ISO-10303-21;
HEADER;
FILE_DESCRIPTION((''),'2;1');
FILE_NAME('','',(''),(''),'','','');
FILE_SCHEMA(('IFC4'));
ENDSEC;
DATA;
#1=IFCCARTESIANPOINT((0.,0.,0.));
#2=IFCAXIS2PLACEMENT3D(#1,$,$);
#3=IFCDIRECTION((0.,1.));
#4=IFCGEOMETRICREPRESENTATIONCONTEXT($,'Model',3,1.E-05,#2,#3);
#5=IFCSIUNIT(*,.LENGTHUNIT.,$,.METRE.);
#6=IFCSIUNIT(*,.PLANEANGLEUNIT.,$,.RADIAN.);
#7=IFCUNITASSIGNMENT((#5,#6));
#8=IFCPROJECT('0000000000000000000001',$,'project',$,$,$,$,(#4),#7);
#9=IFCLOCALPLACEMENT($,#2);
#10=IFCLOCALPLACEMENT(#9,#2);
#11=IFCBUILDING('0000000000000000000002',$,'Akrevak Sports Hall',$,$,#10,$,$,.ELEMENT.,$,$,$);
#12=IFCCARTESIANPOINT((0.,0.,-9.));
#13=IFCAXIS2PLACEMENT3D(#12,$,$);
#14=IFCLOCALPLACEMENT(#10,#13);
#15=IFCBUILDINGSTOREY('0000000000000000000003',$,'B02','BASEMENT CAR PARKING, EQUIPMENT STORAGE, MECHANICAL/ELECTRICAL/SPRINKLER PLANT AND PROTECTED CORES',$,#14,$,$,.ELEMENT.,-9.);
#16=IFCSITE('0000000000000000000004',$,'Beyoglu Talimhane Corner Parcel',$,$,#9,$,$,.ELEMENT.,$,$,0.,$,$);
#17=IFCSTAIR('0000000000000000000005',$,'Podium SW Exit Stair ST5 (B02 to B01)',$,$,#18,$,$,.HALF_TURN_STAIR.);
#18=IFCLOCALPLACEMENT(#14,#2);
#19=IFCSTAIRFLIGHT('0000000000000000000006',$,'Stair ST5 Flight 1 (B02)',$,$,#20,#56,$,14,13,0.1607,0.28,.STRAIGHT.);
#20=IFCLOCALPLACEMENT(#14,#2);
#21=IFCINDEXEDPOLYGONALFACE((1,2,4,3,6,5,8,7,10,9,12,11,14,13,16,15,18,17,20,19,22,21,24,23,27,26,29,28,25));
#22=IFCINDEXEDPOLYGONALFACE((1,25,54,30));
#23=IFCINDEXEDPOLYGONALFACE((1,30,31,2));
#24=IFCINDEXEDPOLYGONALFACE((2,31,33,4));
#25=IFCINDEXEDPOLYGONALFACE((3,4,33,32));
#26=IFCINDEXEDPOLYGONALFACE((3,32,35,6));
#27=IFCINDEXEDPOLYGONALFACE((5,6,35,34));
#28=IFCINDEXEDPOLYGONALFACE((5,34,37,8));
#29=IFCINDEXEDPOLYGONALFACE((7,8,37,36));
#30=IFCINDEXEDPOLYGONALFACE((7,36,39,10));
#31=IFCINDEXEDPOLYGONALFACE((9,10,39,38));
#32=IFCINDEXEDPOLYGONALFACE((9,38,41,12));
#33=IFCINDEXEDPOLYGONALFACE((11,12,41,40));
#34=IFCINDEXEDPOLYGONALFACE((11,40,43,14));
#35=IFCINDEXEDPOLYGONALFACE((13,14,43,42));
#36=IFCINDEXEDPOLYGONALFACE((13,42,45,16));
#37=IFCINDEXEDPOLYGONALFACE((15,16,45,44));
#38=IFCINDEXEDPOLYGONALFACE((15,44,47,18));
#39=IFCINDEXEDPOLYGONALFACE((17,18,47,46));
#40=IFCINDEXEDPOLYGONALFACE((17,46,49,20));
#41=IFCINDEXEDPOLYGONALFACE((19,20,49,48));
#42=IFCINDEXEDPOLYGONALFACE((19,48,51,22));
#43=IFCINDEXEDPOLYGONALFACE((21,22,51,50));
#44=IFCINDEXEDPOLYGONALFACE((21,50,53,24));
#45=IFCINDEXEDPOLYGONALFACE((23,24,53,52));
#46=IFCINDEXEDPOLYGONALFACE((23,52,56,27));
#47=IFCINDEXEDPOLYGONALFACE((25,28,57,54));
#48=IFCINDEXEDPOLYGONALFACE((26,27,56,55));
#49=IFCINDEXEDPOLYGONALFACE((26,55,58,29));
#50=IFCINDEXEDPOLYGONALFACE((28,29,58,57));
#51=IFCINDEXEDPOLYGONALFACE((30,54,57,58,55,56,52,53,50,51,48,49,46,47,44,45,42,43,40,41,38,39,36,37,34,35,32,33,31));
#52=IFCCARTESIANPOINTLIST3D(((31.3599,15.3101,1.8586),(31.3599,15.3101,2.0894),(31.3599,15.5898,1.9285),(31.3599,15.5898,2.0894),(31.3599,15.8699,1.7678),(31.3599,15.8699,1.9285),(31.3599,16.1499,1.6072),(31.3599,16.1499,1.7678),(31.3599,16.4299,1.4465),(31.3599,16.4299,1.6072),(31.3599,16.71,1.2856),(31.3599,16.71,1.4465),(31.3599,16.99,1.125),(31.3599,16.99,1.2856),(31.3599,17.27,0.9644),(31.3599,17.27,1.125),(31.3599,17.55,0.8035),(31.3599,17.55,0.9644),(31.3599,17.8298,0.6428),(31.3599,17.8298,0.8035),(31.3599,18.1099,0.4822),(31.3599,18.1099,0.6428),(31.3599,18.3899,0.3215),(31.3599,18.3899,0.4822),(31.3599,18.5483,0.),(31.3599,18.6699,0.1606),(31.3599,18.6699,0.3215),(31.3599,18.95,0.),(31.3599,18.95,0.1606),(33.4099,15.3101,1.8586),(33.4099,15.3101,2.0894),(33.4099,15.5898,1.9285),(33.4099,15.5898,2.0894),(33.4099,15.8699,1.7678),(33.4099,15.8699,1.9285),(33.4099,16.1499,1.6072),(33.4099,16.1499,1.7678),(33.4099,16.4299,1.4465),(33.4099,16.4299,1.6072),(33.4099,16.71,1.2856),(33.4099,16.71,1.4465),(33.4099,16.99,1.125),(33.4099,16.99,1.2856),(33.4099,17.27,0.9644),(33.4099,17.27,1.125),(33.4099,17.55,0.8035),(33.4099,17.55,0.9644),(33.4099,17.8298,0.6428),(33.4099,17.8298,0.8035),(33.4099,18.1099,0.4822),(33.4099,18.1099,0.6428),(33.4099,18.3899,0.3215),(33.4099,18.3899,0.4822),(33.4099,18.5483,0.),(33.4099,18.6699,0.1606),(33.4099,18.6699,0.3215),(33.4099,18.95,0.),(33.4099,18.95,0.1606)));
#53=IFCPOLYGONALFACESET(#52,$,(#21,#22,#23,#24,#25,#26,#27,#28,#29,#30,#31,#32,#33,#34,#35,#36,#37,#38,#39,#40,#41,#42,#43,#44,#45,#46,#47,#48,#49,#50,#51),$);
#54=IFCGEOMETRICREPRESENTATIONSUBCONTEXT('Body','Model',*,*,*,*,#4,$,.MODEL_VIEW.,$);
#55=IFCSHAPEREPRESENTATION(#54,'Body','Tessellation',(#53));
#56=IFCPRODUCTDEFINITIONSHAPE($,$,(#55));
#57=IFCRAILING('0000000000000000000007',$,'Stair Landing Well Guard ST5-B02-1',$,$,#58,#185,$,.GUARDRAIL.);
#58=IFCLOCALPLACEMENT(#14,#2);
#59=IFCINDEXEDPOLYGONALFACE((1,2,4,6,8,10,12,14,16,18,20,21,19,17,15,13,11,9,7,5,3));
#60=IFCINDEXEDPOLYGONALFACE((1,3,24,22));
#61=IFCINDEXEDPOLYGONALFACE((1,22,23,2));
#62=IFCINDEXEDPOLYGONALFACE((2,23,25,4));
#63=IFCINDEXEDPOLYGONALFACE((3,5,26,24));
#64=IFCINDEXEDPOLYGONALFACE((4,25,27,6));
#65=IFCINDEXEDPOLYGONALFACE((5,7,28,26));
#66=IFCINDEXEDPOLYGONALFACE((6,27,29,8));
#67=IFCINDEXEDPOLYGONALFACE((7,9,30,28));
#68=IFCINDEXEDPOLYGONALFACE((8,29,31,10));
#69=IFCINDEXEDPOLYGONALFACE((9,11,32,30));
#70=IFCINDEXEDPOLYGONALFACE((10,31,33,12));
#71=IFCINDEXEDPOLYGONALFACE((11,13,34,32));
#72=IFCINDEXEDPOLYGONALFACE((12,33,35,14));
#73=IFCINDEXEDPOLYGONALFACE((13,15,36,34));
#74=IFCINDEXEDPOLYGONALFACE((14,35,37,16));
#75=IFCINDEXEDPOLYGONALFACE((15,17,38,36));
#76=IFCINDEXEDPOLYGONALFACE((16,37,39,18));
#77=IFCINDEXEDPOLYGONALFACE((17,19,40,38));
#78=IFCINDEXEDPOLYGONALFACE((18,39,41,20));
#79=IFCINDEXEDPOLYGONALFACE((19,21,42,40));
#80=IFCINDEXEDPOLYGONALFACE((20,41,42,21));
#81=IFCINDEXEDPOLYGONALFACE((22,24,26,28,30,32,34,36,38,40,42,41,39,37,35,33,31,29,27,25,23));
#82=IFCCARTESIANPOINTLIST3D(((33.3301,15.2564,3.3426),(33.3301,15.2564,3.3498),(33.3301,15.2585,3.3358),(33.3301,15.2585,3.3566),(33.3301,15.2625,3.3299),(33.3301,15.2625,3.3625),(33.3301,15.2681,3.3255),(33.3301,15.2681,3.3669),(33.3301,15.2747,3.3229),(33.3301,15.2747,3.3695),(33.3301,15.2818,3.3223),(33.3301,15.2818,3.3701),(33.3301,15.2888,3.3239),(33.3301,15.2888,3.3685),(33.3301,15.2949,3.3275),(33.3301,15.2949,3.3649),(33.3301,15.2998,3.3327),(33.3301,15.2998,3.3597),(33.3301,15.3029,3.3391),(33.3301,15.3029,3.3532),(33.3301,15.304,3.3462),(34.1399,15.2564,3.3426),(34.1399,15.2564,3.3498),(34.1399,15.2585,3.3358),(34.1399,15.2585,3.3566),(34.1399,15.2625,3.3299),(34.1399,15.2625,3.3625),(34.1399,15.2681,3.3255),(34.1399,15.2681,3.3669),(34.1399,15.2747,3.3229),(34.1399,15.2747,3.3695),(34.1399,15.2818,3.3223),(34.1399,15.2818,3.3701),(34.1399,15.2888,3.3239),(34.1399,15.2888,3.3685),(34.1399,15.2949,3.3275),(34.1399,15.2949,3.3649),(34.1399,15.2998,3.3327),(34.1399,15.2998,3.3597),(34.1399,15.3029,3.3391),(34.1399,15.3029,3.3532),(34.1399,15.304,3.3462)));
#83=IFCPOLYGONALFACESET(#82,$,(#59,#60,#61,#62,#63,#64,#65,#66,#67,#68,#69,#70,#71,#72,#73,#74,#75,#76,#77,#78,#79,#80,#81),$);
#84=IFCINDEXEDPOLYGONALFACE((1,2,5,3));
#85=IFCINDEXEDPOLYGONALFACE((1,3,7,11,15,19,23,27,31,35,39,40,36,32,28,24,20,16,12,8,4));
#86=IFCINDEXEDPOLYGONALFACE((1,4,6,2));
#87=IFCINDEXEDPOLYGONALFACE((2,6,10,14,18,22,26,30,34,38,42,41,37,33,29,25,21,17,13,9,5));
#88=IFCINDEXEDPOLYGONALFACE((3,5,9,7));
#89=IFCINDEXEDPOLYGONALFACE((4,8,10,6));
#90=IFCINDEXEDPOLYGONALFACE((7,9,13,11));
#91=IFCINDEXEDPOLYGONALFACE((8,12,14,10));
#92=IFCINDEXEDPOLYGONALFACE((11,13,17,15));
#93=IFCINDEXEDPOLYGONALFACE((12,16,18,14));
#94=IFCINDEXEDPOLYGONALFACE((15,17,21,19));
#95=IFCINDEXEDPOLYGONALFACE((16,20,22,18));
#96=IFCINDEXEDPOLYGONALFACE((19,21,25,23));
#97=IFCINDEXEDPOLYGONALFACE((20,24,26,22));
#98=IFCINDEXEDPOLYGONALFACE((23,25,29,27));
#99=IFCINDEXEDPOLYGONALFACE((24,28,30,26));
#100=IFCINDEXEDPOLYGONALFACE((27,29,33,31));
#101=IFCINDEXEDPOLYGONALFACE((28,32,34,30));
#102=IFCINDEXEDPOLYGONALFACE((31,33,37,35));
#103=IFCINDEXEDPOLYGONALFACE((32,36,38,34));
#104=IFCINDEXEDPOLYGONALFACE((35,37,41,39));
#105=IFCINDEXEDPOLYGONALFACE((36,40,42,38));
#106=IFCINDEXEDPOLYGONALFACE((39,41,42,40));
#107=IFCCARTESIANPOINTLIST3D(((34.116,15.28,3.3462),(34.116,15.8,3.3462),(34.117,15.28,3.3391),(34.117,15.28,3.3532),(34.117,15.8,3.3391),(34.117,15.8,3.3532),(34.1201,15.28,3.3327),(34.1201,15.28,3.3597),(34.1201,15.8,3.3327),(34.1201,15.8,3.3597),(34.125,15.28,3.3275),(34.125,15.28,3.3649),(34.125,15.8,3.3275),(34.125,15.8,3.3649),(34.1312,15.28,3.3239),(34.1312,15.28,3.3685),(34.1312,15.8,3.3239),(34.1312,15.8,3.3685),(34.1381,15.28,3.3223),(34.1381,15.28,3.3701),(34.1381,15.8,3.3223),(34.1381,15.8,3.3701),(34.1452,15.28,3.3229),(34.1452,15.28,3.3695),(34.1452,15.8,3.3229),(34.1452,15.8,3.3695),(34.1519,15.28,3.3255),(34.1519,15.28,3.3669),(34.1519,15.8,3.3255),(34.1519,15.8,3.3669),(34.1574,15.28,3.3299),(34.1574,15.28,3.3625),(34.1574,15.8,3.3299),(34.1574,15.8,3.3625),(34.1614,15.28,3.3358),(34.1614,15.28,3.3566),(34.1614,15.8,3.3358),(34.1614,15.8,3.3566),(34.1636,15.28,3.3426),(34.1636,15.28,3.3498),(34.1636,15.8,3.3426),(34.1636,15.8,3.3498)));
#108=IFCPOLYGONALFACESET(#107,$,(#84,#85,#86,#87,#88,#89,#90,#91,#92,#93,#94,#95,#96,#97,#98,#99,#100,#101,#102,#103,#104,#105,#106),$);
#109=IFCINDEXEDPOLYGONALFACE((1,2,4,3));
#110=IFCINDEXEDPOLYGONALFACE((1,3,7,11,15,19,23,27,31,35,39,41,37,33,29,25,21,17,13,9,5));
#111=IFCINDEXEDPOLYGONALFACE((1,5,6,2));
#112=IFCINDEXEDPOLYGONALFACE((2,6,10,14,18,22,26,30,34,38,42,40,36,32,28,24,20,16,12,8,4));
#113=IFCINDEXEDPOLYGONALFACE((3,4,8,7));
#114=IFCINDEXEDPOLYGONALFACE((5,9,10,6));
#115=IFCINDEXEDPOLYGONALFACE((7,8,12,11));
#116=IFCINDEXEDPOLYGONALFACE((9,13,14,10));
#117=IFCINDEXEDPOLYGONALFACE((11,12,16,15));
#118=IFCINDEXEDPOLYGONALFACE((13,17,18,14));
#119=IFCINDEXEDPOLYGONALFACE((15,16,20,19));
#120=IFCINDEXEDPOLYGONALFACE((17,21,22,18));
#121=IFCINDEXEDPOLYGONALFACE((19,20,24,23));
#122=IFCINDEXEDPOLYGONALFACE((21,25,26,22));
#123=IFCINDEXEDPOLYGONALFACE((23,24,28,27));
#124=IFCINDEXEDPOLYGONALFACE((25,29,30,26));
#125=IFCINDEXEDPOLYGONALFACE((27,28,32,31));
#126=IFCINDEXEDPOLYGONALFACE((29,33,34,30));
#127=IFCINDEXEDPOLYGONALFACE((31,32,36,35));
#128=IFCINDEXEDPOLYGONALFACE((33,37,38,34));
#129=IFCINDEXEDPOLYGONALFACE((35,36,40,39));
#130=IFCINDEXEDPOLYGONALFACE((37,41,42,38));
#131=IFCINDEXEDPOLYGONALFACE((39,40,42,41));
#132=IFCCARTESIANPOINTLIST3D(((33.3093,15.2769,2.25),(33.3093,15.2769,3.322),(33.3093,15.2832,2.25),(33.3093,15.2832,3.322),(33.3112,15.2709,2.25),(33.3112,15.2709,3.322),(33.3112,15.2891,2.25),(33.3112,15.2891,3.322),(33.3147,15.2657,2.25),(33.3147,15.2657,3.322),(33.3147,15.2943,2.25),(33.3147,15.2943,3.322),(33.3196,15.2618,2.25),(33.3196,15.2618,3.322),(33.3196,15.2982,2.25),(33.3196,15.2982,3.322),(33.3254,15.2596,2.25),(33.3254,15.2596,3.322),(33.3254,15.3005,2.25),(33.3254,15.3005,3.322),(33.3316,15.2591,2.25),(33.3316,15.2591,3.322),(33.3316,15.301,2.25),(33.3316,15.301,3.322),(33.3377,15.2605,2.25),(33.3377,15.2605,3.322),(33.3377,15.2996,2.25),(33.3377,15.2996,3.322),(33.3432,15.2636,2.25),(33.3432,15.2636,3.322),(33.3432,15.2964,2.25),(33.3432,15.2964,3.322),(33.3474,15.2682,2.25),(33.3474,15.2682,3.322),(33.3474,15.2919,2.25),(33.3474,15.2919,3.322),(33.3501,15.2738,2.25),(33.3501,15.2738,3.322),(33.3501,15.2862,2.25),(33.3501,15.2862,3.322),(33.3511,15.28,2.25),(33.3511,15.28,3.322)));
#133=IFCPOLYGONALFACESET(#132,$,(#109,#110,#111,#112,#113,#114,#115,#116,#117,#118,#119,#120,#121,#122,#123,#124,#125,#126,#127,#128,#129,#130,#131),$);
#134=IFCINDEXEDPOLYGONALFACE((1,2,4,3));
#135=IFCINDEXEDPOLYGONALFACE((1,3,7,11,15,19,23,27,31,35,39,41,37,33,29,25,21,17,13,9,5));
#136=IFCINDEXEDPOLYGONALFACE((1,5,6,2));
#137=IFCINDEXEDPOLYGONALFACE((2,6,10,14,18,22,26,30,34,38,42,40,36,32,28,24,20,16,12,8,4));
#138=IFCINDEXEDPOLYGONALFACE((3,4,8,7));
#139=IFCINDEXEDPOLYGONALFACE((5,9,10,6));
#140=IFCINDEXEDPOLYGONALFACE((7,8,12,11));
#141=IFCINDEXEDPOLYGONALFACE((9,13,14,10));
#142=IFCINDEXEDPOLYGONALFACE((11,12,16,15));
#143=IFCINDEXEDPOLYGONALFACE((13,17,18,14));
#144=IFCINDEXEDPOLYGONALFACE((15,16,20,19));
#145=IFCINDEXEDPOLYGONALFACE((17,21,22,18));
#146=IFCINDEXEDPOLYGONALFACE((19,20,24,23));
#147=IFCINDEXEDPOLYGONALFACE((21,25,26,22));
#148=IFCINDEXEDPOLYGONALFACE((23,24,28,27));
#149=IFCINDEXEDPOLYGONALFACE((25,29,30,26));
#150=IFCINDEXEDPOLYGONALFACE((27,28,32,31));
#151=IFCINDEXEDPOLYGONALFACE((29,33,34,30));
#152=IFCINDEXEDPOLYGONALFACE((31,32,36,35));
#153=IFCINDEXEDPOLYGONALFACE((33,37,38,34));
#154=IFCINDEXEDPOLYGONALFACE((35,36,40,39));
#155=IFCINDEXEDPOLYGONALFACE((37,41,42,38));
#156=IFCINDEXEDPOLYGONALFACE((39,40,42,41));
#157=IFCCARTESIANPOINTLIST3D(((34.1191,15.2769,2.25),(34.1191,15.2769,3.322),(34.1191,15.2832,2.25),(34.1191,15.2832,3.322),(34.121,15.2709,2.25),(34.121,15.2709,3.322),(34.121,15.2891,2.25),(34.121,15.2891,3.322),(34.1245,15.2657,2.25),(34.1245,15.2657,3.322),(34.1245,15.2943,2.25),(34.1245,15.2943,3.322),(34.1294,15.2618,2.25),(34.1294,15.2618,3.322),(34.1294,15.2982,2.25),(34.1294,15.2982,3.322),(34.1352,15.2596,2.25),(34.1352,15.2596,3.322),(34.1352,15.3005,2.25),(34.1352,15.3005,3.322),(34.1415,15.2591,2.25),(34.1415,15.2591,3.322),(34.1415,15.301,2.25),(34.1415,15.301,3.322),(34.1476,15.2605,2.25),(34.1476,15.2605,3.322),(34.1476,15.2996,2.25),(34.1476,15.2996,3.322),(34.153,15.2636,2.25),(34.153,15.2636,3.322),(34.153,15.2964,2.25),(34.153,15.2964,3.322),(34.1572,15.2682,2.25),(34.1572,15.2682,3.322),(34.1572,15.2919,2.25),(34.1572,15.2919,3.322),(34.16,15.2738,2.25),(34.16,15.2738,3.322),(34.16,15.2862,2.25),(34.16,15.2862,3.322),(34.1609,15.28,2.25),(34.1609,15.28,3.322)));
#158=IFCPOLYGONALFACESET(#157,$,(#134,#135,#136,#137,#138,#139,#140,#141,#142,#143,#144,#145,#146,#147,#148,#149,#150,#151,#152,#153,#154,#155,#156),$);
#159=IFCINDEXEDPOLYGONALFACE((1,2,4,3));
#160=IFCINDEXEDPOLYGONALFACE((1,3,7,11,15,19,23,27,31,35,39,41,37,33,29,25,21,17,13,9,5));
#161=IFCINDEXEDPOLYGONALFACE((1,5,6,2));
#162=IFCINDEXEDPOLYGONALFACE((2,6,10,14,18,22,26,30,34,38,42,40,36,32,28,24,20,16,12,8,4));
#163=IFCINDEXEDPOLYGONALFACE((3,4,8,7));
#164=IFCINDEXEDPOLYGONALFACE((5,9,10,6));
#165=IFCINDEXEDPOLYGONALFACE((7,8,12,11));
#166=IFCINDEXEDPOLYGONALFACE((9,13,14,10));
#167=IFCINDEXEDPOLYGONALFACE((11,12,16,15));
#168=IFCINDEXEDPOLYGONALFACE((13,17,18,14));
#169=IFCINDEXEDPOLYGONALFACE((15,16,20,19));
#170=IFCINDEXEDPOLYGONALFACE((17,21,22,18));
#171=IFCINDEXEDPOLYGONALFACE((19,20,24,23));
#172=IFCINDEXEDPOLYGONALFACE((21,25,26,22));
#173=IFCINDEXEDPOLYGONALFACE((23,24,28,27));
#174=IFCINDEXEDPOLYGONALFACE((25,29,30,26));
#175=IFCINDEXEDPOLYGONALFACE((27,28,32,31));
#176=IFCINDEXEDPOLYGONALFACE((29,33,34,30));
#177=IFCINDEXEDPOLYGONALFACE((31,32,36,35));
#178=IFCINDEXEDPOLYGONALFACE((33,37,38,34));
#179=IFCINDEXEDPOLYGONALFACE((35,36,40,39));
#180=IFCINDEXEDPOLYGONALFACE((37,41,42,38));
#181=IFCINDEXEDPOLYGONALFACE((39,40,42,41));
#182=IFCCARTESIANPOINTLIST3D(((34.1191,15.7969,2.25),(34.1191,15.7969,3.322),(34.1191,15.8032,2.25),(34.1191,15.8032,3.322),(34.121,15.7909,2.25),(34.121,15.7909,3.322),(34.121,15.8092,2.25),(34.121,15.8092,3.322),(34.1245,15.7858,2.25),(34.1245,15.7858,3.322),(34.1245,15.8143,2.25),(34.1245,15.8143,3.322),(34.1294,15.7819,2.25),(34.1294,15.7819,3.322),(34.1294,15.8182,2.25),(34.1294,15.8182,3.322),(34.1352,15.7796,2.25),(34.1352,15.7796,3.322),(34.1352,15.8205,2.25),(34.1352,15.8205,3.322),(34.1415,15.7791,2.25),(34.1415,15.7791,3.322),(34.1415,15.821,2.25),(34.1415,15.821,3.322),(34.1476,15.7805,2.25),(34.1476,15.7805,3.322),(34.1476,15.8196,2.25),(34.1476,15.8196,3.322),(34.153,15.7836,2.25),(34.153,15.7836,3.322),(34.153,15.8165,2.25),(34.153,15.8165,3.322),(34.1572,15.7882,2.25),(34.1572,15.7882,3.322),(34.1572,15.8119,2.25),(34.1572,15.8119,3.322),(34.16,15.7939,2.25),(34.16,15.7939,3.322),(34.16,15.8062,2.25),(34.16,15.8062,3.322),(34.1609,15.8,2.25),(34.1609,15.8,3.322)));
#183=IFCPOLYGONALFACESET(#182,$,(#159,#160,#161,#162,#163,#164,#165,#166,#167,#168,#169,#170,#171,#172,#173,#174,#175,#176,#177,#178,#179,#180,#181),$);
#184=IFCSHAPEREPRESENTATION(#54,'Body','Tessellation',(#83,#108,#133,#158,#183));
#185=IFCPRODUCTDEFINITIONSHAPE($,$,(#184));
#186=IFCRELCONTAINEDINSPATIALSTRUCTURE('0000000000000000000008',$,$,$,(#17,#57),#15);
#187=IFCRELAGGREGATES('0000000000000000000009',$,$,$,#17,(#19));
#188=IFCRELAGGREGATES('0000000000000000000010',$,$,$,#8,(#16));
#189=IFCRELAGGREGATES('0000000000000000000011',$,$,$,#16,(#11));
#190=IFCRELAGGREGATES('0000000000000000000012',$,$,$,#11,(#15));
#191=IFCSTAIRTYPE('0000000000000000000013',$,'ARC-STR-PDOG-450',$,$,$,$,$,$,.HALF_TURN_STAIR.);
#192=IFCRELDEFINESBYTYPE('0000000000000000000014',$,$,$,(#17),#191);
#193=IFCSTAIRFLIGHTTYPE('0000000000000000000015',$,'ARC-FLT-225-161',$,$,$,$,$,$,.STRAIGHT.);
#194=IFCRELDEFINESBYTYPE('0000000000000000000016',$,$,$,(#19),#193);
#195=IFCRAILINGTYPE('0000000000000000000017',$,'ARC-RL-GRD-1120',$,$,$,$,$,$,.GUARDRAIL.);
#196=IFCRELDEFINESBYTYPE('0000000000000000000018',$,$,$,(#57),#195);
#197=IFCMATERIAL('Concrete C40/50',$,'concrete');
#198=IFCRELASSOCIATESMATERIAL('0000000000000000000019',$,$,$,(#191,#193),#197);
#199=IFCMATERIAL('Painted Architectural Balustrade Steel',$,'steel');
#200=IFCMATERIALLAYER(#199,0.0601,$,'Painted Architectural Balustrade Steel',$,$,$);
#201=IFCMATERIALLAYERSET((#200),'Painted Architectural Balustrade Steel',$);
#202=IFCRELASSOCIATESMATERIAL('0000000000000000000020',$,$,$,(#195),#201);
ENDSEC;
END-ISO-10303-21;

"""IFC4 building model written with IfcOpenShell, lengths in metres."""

from ifc_helpers import new_model, si_unit, direction, frame, origin, origin_2d, place, context, subcontext, project, spatial, polyline, circle, outline, extrude, material, layer, layer_set, type_object, element, aggregate, save


model = new_model("IFC4")

# Units and contexts
model_context = context("Model", 3, precision=1e-05, world=origin(), true_north=direction((0.0, 1.0)))
body_context = subcontext(model_context, "Body", "Model", "MODEL_VIEW")
ifc_project = project(units=[si_unit("LENGTHUNIT", "METRE"), si_unit("PLANEANGLEUNIT", "RADIAN")], contexts=[model_context])

# Site, building, storey
site_placement = place(None, origin())
site = spatial("IfcSite", under=ifc_project, at=site_placement, Name="Beyoglu Talimhane Corner Parcel", CompositionType="ELEMENT", RefElevation=0.0)
building_placement = place(site_placement, origin())
building = spatial("IfcBuilding", under=site, at=building_placement, Name="Akrevak Sports Hall", CompositionType="ELEMENT")
storey_placement = place(building_placement, frame((0.0, 0.0, -9.0)))
storey = spatial("IfcBuildingStorey", under=building, at=storey_placement, Name="B02", Description="BASEMENT CAR PARKING, EQUIPMENT STORAGE, MECHANICAL/ELECTRICAL/SPRINKLER PLANT AND PROTECTED CORES", CompositionType="ELEMENT", Elevation=-9.0)

# Shared definitions
ifc_material_1 = material(Name="Concrete C40/50", Category="concrete")

# Stair, stair flight
stair_type = type_object("IfcStairType", Name="ARC-STR-PDOG-450", PredefinedType="HALF_TURN_STAIR", material=ifc_material_1)
stair_placement = place(storey_placement, origin())
stair = element("IfcStair", 1, at=stair_placement, inside=storey, type_object=stair_type, Name="Podium SW Exit Stair ST5 (B02 to B01)", PredefinedType="HALF_TURN_STAIR")
stair_flight_type = type_object("IfcStairFlightType", Name="ARC-FLT-225-161", PredefinedType="STRAIGHT", material=ifc_material_1)
stair_flight_placement = place(storey_placement, frame((32.385, 18.95, 0.0), z_axis=(0.0, 0.0, 1.0), x_axis=(0.0, -1.0, 0.0)))
stair_flight = element("IfcStairFlight", 2, at=stair_flight_placement, type_object=stair_flight_type, Name="Stair ST5 Flight 1 (B02)", NumberOfRisers=14, NumberOfTreads=13, PredefinedType="STRAIGHT", RiserHeight=0.1607, TreadLength=0.28, context=body_context, shape_type="SweptSolid", body=[
    extrude(outline(polyline([(0.0, 0.0), (0.0, 0.1606), (0.28, 0.1606), (0.28, 0.3215), (0.5601, 0.3215), (0.5601, 0.4822), (0.8401, 0.4822), (0.8401, 0.6428), (1.1201, 0.6428), (1.1201, 0.8035), (1.3999, 0.8035), (1.3999, 0.9644), (1.6799, 0.9644), (1.6799, 1.125), (1.96, 1.125), (1.96, 1.2856), (2.24, 1.2856), (2.24, 1.4465), (2.52, 1.4465), (2.52, 1.6072), (2.8, 1.6072), (2.8, 1.7678), (3.0801, 1.7678), (3.0801, 1.9285), (3.3601, 1.9285), (3.3601, 2.0894), (3.6399, 2.0894), (3.6399, 2.25), (3.6399, 1.8586), (0.4016, 0.0), (0.0, 0.0)])), frame((0.0, 1.0249, 0.0), z_axis=(0.0, -1.0, 0.0), x_axis=(1.0, 0.0, 0.0)), (0.0, 0.0, 1.0), 2.05),
])
aggregate(stair, [stair_flight])

# Railing
ifc_material_2 = material(Name="Painted Architectural Balustrade Steel", Category="steel")
ifc_layer_1 = layer(ifc_material_2, 0.0601, Name="Painted Architectural Balustrade Steel")
ifc_layer_set_1 = layer_set([ifc_layer_1], Name="Painted Architectural Balustrade Steel")
railing_type_1 = type_object("IfcRailingType", Name="ARC-RL-GRD-1120", PredefinedType="GUARDRAIL", material=ifc_layer_set_1)
railing_1_placement = place(storey_placement, frame((33.3301, 15.28, 2.25)))
element("IfcRailing", 3, at=railing_1_placement, inside=storey, type_object=railing_type_1, Name="Stair Landing Well Guard ST5-B02-1", PredefinedType="GUARDRAIL", context=body_context, shape_type="SweptSolid", body=[
    extrude(circle(Radius=0.0239, at=origin_2d()), frame((0.0, 0.0, 1.0962), z_axis=(1.0, 0.0, 0.0), x_axis=(0.0, 1.0, 0.0)), (0.0, 0.0, 1.0), 0.8098),
    extrude(circle(Radius=0.0239, at=origin_2d()), frame((0.8098, 0.0, 1.0962), z_axis=(0.0, 1.0, 0.0), x_axis=(-1.0, 0.0, 0.0)), (0.0, 0.0, 1.0), 0.52),
    extrude(circle(Radius=0.021, at=origin_2d()), origin(), (0.0, 0.0, 1.0), 1.072),
    extrude(circle(Radius=0.021, at=origin_2d()), frame((0.8098, 0.0, 0.0)), (0.0, 0.0, 1.0), 1.072),
    extrude(circle(Radius=0.021, at=origin_2d()), frame((0.8098, 0.52, 0.0)), (0.0, 0.0, 1.0), 1.072),
])

save(model, "model.ifc")
